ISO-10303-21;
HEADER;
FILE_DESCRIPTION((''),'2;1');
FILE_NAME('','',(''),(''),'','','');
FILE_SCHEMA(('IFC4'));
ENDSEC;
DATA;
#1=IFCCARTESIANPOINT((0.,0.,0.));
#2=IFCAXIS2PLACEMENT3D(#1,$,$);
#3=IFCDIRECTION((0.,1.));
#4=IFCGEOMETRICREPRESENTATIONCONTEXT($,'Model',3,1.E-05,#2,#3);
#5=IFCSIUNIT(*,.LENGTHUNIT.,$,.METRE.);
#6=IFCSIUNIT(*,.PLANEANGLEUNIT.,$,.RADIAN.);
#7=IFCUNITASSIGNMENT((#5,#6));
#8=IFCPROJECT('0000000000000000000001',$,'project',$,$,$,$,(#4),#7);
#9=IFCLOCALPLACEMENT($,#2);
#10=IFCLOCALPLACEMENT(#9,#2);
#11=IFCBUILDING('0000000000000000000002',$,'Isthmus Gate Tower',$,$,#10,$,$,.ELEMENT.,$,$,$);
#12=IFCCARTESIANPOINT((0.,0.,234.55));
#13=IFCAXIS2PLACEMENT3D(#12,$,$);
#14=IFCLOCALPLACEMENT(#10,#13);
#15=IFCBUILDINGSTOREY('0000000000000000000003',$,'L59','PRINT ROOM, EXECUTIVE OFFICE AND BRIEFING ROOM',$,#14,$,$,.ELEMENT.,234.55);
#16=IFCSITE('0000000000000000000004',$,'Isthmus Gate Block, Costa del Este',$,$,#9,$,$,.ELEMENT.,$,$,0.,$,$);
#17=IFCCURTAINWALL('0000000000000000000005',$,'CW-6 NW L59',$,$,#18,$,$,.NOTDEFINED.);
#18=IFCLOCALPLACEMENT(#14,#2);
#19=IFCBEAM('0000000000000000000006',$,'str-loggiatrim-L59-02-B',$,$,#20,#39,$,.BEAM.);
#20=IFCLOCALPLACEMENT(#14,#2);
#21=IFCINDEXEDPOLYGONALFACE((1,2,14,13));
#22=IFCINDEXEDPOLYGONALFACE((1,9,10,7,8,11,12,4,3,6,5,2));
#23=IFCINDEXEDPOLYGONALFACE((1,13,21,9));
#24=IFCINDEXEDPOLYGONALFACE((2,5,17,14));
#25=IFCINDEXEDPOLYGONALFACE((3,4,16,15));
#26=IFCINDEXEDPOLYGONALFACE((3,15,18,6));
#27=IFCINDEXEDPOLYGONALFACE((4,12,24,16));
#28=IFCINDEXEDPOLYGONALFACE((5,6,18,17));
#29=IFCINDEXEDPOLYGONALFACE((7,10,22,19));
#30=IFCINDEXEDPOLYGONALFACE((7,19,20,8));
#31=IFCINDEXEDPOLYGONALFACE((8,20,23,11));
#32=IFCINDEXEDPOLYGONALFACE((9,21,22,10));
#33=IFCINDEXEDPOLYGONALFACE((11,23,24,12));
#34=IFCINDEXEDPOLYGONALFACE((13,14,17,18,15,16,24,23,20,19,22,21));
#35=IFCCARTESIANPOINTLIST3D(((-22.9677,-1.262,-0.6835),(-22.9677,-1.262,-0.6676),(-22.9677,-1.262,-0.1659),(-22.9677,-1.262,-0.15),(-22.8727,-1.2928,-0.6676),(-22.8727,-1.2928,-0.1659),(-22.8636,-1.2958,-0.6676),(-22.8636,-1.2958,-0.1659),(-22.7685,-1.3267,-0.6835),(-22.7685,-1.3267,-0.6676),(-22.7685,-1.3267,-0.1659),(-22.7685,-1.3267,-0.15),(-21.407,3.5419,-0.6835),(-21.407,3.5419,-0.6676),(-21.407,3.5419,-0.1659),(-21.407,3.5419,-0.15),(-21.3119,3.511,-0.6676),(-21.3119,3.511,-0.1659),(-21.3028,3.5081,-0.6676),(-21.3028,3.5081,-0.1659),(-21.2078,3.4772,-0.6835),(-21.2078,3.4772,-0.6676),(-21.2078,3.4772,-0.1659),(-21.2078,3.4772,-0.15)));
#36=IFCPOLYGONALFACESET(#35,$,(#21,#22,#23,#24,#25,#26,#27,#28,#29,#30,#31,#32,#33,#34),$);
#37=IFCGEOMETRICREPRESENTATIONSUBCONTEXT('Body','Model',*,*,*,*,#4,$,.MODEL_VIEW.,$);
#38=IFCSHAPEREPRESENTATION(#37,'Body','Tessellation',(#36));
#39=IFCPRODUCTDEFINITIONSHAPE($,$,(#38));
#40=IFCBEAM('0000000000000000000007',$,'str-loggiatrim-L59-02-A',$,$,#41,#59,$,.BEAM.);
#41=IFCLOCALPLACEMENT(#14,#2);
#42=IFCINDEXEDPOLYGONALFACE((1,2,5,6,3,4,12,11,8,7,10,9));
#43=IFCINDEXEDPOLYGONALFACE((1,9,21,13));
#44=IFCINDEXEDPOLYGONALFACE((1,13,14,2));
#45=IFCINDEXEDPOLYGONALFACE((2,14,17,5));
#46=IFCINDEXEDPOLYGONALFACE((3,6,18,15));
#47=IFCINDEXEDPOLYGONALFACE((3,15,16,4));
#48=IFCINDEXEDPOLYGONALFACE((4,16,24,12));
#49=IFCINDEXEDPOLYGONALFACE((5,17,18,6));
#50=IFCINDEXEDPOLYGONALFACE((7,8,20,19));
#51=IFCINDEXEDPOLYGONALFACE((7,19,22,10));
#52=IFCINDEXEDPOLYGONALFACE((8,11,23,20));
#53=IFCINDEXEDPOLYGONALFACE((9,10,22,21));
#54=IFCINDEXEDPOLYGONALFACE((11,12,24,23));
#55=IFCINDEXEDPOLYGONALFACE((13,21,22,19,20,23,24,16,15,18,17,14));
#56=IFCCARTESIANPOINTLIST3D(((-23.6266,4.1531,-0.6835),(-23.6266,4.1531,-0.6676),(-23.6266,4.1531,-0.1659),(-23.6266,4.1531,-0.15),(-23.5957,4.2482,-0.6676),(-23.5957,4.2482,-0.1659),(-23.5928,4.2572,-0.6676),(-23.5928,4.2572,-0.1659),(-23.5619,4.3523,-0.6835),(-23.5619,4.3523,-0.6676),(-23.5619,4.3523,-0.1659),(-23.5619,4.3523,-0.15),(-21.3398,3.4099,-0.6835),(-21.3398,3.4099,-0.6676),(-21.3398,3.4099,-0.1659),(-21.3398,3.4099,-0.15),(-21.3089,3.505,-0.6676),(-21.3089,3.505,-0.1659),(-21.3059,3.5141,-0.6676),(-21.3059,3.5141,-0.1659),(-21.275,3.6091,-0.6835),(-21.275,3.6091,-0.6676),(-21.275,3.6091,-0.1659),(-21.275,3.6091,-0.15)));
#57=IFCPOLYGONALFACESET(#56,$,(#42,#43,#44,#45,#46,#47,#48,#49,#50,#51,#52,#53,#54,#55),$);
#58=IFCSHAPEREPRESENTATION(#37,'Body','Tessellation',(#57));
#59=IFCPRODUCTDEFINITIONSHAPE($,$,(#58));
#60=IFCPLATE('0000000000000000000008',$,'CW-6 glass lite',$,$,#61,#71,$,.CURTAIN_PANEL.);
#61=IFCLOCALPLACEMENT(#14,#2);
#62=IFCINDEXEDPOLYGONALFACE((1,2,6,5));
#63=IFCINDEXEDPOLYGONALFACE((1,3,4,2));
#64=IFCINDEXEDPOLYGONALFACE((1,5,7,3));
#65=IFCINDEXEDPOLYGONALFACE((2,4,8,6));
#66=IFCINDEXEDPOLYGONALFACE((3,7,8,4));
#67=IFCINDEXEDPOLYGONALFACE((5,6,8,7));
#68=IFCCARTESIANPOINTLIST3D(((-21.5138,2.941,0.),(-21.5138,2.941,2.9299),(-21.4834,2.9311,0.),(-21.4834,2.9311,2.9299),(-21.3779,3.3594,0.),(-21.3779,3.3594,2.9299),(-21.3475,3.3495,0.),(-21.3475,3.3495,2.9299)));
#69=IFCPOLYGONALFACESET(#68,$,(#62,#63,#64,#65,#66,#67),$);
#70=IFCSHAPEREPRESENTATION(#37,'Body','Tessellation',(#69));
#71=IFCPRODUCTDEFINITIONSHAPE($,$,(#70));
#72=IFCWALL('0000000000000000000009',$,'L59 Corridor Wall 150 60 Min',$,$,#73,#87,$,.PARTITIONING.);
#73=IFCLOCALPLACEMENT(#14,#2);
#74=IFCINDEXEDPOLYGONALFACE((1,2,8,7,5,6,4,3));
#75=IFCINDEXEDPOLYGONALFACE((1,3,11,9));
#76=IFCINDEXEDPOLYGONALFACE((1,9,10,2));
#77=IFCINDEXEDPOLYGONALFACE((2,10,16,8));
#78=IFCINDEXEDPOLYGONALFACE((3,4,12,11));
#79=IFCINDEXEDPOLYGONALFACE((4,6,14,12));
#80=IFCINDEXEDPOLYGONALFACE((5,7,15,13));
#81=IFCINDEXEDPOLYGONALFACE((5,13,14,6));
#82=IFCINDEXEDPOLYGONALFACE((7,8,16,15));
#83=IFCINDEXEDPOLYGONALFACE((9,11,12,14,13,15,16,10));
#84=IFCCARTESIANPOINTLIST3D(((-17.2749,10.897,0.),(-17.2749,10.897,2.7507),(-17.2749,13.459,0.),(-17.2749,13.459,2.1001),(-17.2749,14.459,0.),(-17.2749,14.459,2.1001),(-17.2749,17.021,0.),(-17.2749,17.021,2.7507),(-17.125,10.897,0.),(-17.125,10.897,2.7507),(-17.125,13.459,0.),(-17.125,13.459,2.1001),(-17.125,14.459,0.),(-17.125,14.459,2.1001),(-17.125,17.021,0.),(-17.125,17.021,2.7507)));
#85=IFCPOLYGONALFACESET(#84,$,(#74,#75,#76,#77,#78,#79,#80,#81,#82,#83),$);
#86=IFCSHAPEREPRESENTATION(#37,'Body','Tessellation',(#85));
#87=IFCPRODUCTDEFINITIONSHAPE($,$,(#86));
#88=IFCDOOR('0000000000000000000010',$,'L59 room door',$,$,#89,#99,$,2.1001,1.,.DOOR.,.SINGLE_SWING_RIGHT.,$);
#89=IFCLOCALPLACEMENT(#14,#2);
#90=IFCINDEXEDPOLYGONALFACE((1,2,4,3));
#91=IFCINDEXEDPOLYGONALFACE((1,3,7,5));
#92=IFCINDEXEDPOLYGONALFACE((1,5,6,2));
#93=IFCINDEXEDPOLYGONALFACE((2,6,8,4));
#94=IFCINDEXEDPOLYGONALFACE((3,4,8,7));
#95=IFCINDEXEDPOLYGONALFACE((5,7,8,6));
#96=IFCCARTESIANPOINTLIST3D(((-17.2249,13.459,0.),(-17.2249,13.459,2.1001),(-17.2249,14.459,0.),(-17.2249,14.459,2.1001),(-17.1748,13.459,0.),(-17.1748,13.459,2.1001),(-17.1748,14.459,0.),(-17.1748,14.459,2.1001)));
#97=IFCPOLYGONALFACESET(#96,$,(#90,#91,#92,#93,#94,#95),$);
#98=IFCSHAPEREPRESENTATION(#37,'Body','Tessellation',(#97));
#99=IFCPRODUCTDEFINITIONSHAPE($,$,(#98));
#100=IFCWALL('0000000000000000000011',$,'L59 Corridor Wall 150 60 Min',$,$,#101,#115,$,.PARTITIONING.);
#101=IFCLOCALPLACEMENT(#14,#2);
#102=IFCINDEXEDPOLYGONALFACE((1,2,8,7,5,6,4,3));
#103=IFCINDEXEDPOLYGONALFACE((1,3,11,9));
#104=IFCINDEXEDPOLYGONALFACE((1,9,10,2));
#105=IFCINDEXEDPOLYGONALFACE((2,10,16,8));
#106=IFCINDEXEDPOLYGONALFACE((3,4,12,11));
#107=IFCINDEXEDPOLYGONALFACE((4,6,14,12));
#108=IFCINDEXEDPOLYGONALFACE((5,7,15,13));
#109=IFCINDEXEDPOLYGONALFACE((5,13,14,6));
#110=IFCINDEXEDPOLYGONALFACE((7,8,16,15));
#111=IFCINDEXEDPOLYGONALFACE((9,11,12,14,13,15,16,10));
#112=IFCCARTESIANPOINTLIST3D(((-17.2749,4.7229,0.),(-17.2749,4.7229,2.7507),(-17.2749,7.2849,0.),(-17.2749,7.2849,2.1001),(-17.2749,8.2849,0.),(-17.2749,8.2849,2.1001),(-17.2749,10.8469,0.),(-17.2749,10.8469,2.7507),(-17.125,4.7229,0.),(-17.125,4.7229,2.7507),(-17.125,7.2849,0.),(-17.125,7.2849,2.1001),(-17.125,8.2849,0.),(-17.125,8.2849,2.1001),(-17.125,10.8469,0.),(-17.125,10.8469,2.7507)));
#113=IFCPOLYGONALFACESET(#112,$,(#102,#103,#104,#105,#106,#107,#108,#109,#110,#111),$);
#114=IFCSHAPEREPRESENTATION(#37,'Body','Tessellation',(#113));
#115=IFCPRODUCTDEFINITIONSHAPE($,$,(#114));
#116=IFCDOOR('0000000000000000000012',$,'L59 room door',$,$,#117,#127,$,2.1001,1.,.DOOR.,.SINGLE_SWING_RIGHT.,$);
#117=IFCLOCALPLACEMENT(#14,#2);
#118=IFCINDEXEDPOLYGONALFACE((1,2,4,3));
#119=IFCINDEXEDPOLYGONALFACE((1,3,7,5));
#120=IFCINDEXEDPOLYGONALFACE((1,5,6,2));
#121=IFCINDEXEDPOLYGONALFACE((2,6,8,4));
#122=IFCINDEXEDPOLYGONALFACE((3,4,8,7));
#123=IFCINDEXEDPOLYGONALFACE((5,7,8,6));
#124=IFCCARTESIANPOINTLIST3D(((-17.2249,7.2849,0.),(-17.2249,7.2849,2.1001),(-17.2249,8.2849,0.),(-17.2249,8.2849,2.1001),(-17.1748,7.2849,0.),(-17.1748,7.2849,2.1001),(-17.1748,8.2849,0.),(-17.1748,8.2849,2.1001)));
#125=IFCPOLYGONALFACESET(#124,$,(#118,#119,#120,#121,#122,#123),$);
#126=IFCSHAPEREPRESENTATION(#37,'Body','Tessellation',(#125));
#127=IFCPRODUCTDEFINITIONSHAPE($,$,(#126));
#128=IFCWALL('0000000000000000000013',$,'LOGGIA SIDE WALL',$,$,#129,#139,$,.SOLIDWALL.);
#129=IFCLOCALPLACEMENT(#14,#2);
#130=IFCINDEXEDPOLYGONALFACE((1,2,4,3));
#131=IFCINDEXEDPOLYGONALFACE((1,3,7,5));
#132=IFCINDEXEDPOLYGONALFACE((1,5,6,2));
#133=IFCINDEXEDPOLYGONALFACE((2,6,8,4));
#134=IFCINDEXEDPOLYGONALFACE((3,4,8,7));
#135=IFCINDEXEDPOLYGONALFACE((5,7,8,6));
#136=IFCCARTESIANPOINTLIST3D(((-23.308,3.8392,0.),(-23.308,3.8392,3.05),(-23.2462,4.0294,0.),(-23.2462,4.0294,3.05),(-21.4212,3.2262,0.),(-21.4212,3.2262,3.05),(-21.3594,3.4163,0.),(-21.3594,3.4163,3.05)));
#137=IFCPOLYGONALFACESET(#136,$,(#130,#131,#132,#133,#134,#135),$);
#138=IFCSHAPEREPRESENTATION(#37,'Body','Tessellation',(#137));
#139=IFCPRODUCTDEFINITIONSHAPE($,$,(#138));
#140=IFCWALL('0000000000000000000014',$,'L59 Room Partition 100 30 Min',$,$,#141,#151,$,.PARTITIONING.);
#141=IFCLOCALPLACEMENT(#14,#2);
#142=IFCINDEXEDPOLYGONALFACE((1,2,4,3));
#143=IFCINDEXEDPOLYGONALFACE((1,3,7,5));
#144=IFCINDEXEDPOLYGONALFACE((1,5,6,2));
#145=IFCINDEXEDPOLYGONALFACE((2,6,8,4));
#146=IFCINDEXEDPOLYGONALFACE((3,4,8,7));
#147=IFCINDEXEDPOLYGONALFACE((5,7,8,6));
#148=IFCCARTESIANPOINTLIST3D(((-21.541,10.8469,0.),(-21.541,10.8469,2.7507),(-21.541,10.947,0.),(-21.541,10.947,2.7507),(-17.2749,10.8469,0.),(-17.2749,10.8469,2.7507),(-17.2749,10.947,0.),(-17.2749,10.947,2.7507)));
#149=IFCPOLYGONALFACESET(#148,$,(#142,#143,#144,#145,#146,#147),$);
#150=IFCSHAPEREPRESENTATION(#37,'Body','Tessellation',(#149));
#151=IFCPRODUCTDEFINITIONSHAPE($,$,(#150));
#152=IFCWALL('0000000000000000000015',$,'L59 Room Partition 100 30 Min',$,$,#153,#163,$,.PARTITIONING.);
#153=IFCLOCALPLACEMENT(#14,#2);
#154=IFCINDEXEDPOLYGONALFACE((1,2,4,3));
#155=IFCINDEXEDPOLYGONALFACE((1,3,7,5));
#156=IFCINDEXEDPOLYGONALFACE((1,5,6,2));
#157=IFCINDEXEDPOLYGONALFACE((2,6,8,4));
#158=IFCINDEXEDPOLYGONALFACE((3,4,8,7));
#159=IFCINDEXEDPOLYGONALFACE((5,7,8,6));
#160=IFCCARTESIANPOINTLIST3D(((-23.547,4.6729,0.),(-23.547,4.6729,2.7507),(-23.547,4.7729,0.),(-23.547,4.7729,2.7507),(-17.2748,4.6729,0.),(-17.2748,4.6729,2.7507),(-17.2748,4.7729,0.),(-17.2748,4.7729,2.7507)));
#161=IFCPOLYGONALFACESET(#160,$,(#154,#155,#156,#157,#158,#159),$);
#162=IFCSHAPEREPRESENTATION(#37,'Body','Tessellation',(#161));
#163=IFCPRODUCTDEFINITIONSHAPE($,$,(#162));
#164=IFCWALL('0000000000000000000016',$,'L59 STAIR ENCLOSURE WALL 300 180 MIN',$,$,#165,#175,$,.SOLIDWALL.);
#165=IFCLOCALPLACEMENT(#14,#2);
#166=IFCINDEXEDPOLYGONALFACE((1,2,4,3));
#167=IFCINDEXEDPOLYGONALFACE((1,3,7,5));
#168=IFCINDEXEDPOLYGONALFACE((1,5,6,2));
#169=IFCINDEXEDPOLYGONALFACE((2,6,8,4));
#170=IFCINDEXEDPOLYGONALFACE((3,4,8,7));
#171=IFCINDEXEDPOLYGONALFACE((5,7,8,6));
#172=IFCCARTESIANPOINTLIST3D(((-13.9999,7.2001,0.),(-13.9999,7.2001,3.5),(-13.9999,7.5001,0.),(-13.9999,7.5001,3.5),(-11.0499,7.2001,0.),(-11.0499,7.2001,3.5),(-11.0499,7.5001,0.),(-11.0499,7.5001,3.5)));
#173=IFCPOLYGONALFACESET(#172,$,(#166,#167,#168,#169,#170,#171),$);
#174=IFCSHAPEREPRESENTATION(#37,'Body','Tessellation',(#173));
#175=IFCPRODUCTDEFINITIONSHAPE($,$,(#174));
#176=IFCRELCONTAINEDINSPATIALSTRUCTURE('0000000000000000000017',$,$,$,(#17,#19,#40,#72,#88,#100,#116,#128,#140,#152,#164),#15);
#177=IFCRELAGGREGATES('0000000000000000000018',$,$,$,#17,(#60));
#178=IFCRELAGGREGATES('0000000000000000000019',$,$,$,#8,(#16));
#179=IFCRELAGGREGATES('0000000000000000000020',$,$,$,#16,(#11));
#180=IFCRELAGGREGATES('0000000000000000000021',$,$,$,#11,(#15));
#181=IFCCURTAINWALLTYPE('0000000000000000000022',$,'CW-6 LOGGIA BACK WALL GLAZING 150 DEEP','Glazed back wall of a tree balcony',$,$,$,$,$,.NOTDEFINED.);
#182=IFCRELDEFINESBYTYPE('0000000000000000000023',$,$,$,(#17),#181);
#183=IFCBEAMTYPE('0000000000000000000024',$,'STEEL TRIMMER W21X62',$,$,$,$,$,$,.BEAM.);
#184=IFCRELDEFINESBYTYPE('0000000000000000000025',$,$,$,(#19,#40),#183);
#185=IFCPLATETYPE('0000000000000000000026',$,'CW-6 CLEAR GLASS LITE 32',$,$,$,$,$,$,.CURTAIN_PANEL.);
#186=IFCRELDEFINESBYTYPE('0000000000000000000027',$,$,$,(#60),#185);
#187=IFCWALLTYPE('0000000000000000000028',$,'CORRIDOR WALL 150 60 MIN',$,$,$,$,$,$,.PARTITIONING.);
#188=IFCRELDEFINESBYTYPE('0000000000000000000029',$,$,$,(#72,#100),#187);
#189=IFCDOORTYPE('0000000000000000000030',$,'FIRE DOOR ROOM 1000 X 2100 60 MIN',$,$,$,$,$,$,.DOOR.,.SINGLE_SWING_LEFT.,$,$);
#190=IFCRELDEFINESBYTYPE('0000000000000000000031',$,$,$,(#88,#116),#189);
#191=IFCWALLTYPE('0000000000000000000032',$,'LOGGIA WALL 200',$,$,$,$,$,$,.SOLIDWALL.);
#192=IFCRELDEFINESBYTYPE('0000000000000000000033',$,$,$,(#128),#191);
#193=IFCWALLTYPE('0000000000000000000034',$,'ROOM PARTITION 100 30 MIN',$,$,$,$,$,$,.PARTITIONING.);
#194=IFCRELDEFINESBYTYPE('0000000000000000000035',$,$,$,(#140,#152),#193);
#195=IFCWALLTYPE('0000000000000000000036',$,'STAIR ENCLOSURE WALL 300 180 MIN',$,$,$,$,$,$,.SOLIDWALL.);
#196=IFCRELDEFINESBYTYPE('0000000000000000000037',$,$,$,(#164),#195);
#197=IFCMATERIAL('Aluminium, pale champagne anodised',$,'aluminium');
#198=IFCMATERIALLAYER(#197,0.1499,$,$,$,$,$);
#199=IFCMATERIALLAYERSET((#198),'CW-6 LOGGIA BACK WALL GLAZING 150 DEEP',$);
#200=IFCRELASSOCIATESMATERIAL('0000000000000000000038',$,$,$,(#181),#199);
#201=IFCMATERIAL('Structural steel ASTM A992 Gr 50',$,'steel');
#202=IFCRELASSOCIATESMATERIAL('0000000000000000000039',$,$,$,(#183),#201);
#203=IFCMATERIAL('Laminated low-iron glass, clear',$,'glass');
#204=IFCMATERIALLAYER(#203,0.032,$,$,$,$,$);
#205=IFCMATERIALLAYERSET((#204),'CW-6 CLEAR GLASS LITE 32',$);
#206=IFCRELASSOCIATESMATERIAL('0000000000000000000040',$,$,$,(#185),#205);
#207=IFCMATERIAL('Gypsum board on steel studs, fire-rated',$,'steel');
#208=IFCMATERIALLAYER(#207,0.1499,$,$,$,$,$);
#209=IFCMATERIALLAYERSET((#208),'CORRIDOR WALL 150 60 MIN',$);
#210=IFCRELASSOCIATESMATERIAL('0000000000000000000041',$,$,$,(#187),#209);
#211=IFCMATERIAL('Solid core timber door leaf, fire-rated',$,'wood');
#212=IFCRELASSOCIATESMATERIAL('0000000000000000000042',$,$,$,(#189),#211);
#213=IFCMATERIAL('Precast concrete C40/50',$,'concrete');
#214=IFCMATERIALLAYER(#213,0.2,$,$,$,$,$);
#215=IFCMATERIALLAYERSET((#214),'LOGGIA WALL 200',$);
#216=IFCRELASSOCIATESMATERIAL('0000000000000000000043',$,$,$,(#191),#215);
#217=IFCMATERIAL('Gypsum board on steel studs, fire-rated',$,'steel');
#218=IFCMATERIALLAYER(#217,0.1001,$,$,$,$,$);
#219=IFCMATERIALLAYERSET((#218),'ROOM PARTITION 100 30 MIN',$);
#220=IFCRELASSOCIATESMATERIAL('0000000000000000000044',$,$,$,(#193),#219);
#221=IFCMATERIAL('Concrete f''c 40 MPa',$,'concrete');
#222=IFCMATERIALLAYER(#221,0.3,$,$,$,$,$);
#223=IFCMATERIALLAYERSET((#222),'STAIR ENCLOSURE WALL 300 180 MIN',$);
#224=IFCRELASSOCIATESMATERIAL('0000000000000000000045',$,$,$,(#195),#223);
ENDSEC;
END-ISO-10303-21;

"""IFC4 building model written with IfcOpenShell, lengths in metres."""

from ifc_helpers import new_model, si_unit, direction, frame, frame_2d, origin, origin_2d, place, context, subcontext, project, spatial, rectangle, i_section, extrude, material, layer, layer_set, material_profile, profile_set, type_object, element, fill, aggregate, save


model = new_model("IFC4")

# Units and contexts
model_context = context("Model", 3, precision=1e-05, world=origin(), true_north=direction((0.0, 1.0)))
body_context = subcontext(model_context, "Body", "Model", "MODEL_VIEW")
ifc_project = project(units=[si_unit("LENGTHUNIT", "METRE"), si_unit("PLANEANGLEUNIT", "RADIAN")], contexts=[model_context])

# Site, building, storey
site_placement = place(None, origin())
site = spatial("IfcSite", under=ifc_project, at=site_placement, Name="Isthmus Gate Block, Costa del Este", CompositionType="ELEMENT", RefElevation=0.0)
building_placement = place(site_placement, origin())
building = spatial("IfcBuilding", under=site, at=building_placement, Name="Isthmus Gate Tower", CompositionType="ELEMENT")
storey_placement = place(building_placement, frame((0.0, 0.0, 234.55)))
storey = spatial("IfcBuildingStorey", under=building, at=storey_placement, Name="L59", Description="PRINT ROOM, EXECUTIVE OFFICE AND BRIEFING ROOM", CompositionType="ELEMENT", Elevation=234.55)

# Curtain wall
ifc_material_1 = material(Name="Aluminium, pale champagne anodised", Category="aluminium")
ifc_layer_1 = layer(ifc_material_1, 0.1499)
ifc_layer_set_1 = layer_set([ifc_layer_1], Name="CW-6 LOGGIA BACK WALL GLAZING 150 DEEP")
curtain_wall_type_1 = type_object("IfcCurtainWallType", Name="CW-6 LOGGIA BACK WALL GLAZING 150 DEEP", Description="Glazed back wall of a tree balcony", PredefinedType="NOTDEFINED", material=ifc_layer_set_1)
curtain_wall_1_placement = place(storey_placement, origin())
curtain_wall_1 = element("IfcCurtainWall", 1, at=curtain_wall_1_placement, inside=storey, type_object=curtain_wall_type_1, Name="CW-6 NW L59", PredefinedType="NOTDEFINED")

# Beams
ifc_material_2 = material(Name="Structural steel ASTM A992 Gr 50", Category="steel")
ifc_material_profile_1 = material_profile(ifc_material_2, i_section(OverallWidth=0.2095, OverallDepth=0.5334, WebThickness=0.0095, FlangeThickness=0.0159, at=origin_2d()), Name="W21X62")
ifc_profile_set_1 = profile_set([ifc_material_profile_1], Name="Structural steel ASTM A992 Gr 50")
beam_type_1 = type_object("IfcBeamType", Name="STEEL TRIMMER W21X62", PredefinedType="BEAM", material=ifc_profile_set_1)
beam_1_placement = place(storey_placement, frame((-21.3074, 3.5095, -0.4167), z_axis=(-0.308998, -0.951063, 0.0), x_axis=(0.951063, -0.308998, 0.0)))
element("IfcBeam", 2, at=beam_1_placement, inside=storey, type_object=beam_type_1, Name="str-loggiatrim-L59-02-B", PredefinedType="BEAM", context=body_context, shape_type="SweptSolid", body=[
    extrude(i_section(OverallWidth=0.2095, OverallDepth=0.5334, WebThickness=0.0095, FlangeThickness=0.0159, at=origin_2d()), origin(), (0.0, 0.0, 1.0), 5.051),
])
beam_2_placement = place(storey_placement, frame((-23.5942, 4.2527, -0.4167), z_axis=(0.951042, -0.309061, 0.0), x_axis=(0.309061, 0.951042, 0.0)))
element("IfcBeam", 3, at=beam_2_placement, inside=storey, type_object=beam_type_1, Name="str-loggiatrim-L59-02-A", PredefinedType="BEAM", context=body_context, shape_type="SweptSolid", body=[
    extrude(i_section(OverallWidth=0.2095, OverallDepth=0.5334, WebThickness=0.0095, FlangeThickness=0.0159, at=origin_2d()), origin(), (0.0, 0.0, 1.0), 2.4045),
])

# Plate
ifc_material_3 = material(Name="Laminated low-iron glass, clear", Category="glass")
ifc_layer_2 = layer(ifc_material_3, 0.032)
ifc_layer_set_2 = layer_set([ifc_layer_2], Name="CW-6 CLEAR GLASS LITE 32")
plate_type = type_object("IfcPlateType", Name="CW-6 CLEAR GLASS LITE 32", PredefinedType="CURTAIN_PANEL", material=ifc_layer_set_2)
plate_placement = place(storey_placement, frame((-21.4307, 3.1453, 0.0), z_axis=(0.0, 0.0, 1.0), x_axis=(-0.309017, -0.951057, 0.0)))
plate = element("IfcPlate", 4, at=plate_placement, type_object=plate_type, Name="CW-6 glass lite", PredefinedType="CURTAIN_PANEL", context=body_context, shape_type="SweptSolid", body=[
    extrude(rectangle(XDim=0.4399, YDim=0.032, at=origin_2d()), origin(), (0.0, 0.0, 1.0), 2.9299),
])
aggregate(curtain_wall_1, [plate])

# Walls, openings, doors
ifc_material_4 = material(Name="Gypsum board on steel studs, fire-rated", Category="steel")
ifc_layer_3 = layer(ifc_material_4, 0.1499)
ifc_layer_set_3 = layer_set([ifc_layer_3], Name="CORRIDOR WALL 150 60 MIN")
wall_type_1 = type_object("IfcWallType", Name="CORRIDOR WALL 150 60 MIN", PredefinedType="PARTITIONING", material=ifc_layer_set_3)
wall_1_placement = place(storey_placement, frame((-17.2, 10.897, 0.0), z_axis=(0.0, 0.0, 1.0), x_axis=(0.0, 1.0, 0.0)))
wall_1 = element("IfcWall", 5, at=wall_1_placement, inside=storey, type_object=wall_type_1, Name="L59 Corridor Wall 150 60 Min", PredefinedType="PARTITIONING", context=body_context, shape_type="SweptSolid", body=[
    extrude(rectangle(XDim=6.124, YDim=0.1499, at=frame_2d((3.062, 0.0))), origin(), (0.0, 0.0, 1.0), 2.7507),
])
opening_1_placement = place(wall_1_placement, frame((2.562, 0.0, 0.0)))
opening_1 = element("IfcOpeningElement", 6, at=opening_1_placement, cuts=wall_1, PredefinedType="OPENING", context=body_context, shape_type="SweptSolid", body=[
    extrude(rectangle(XDim=1.0, YDim=2.1001, at=frame_2d((0.5, 1.05))), frame((0.0, 0.085, 0.0), z_axis=(0.0, -1.0, 0.0), x_axis=(1.0, 0.0, 0.0)), (0.0, 0.0, 1.0), 0.1699),
])
ifc_material_5 = material(Name="Solid core timber door leaf, fire-rated", Category="wood")
door_type_1 = type_object("IfcDoorType", Name="FIRE DOOR ROOM 1000 X 2100 60 MIN", OperationType="SINGLE_SWING_LEFT", PredefinedType="DOOR", material=ifc_material_5)
door_1_placement = place(opening_1_placement, origin())
door_1 = element("IfcDoor", 7, at=door_1_placement, inside=storey, type_object=door_type_1, Name="L59 room door", OperationType="SINGLE_SWING_RIGHT", OverallHeight=2.1001, OverallWidth=1.0, PredefinedType="DOOR", context=body_context, shape_type="SweptSolid", body=[
    extrude(rectangle(XDim=1.0, YDim=2.1001, at=frame_2d((0.5, 1.05))), frame((0.0, 0.0249, 0.0), z_axis=(0.0, -1.0, 0.0), x_axis=(1.0, 0.0, 0.0)), (0.0, 0.0, 1.0), 0.05),
])
fill(opening_1, door_1)
wall_2_placement = place(storey_placement, frame((-17.2, 4.7229, 0.0), z_axis=(0.0, 0.0, 1.0), x_axis=(0.0, 1.0, 0.0)))
wall_2 = element("IfcWall", 8, at=wall_2_placement, inside=storey, type_object=wall_type_1, Name="L59 Corridor Wall 150 60 Min", PredefinedType="PARTITIONING", context=body_context, shape_type="SweptSolid", body=[
    extrude(rectangle(XDim=6.124, YDim=0.1499, at=frame_2d((3.062, 0.0))), origin(), (0.0, 0.0, 1.0), 2.7507),
])
opening_2_placement = place(wall_2_placement, frame((2.562, 0.0, 0.0)))
opening_2 = element("IfcOpeningElement", 9, at=opening_2_placement, cuts=wall_2, PredefinedType="OPENING", context=body_context, shape_type="SweptSolid", body=[
    extrude(rectangle(XDim=1.0, YDim=2.1001, at=frame_2d((0.5, 1.05))), frame((0.0, 0.085, 0.0), z_axis=(0.0, -1.0, 0.0), x_axis=(1.0, 0.0, 0.0)), (0.0, 0.0, 1.0), 0.1699),
])
door_2_placement = place(opening_2_placement, origin())
door_2 = element("IfcDoor", 10, at=door_2_placement, inside=storey, type_object=door_type_1, Name="L59 room door", OperationType="SINGLE_SWING_RIGHT", OverallHeight=2.1001, OverallWidth=1.0, PredefinedType="DOOR", context=body_context, shape_type="SweptSolid", body=[
    extrude(rectangle(XDim=1.0, YDim=2.1001, at=frame_2d((0.5, 1.05))), frame((0.0, 0.0249, 0.0), z_axis=(0.0, -1.0, 0.0), x_axis=(1.0, 0.0, 0.0)), (0.0, 0.0, 1.0), 0.05),
])
fill(opening_2, door_2)
ifc_material_6 = material(Name="Precast concrete C40/50", Category="concrete")
ifc_layer_4 = layer(ifc_material_6, 0.2)
ifc_layer_set_4 = layer_set([ifc_layer_4], Name="LOGGIA WALL 200")
wall_type_2 = type_object("IfcWallType", Name="LOGGIA WALL 200", PredefinedType="SOLIDWALL", material=ifc_layer_set_4)

# Walls
wall_3_placement = place(storey_placement, frame((-23.2771, 3.9343, 0.0), z_axis=(0.0, 0.0, 1.0), x_axis=(0.951056, -0.309019, 0.0)))
element("IfcWall", 11, at=wall_3_placement, inside=storey, type_object=wall_type_2, Name="LOGGIA SIDE WALL", PredefinedType="SOLIDWALL", context=body_context, shape_type="SweptSolid", body=[
    extrude(rectangle(XDim=1.9839, YDim=0.2, at=frame_2d((0.9919, 0.0))), origin(), (0.0, 0.0, 1.0), 3.05),
])
ifc_material_7 = material(Name="Gypsum board on steel studs, fire-rated", Category="steel")
ifc_layer_5 = layer(ifc_material_7, 0.1001)
ifc_layer_set_5 = layer_set([ifc_layer_5], Name="ROOM PARTITION 100 30 MIN")
wall_type_3 = type_object("IfcWallType", Name="ROOM PARTITION 100 30 MIN", PredefinedType="PARTITIONING", material=ifc_layer_set_5)
wall_4_placement = place(storey_placement, frame((-21.541, 10.897, 0.0), z_axis=(0.0, 0.0, 1.0), x_axis=(1.0, 0.0, 0.0)))
element("IfcWall", 12, at=wall_4_placement, inside=storey, type_object=wall_type_3, Name="L59 Room Partition 100 30 Min", PredefinedType="PARTITIONING", context=body_context, shape_type="SweptSolid", body=[
    extrude(rectangle(XDim=4.2661, YDim=0.1001, at=frame_2d((2.1331, 0.0))), origin(), (0.0, 0.0, 1.0), 2.7507),
])
wall_5_placement = place(storey_placement, frame((-23.5471, 4.7229, 0.0), z_axis=(0.0, 0.0, 1.0), x_axis=(1.0, 0.0, 0.0)))
element("IfcWall", 13, at=wall_5_placement, inside=storey, type_object=wall_type_3, Name="L59 Room Partition 100 30 Min", PredefinedType="PARTITIONING", context=body_context, shape_type="SweptSolid", body=[
    extrude(rectangle(XDim=6.2722, YDim=0.1001, at=frame_2d((3.1362, 0.0))), origin(), (0.0, 0.0, 1.0), 2.7507),
])
ifc_material_8 = material(Name="Concrete f'c 40 MPa", Category="concrete")
ifc_layer_6 = layer(ifc_material_8, 0.3)
ifc_layer_set_6 = layer_set([ifc_layer_6], Name="STAIR ENCLOSURE WALL 300 180 MIN")
wall_type_4 = type_object("IfcWallType", Name="STAIR ENCLOSURE WALL 300 180 MIN", PredefinedType="SOLIDWALL", material=ifc_layer_set_6)
wall_6_placement = place(storey_placement, frame((-14.0, 7.3501, 0.0), z_axis=(0.0, 0.0, 1.0), x_axis=(1.0, 0.0, 0.0)))
element("IfcWall", 14, at=wall_6_placement, inside=storey, type_object=wall_type_4, Name="L59 STAIR ENCLOSURE WALL 300 180 MIN", PredefinedType="SOLIDWALL", context=body_context, shape_type="SweptSolid", body=[
    extrude(rectangle(XDim=2.95, YDim=0.3, at=frame_2d((1.4751, 0.0))), origin(), (0.0, 0.0, 1.0), 3.5),
])

save(model, "model.ifc")
